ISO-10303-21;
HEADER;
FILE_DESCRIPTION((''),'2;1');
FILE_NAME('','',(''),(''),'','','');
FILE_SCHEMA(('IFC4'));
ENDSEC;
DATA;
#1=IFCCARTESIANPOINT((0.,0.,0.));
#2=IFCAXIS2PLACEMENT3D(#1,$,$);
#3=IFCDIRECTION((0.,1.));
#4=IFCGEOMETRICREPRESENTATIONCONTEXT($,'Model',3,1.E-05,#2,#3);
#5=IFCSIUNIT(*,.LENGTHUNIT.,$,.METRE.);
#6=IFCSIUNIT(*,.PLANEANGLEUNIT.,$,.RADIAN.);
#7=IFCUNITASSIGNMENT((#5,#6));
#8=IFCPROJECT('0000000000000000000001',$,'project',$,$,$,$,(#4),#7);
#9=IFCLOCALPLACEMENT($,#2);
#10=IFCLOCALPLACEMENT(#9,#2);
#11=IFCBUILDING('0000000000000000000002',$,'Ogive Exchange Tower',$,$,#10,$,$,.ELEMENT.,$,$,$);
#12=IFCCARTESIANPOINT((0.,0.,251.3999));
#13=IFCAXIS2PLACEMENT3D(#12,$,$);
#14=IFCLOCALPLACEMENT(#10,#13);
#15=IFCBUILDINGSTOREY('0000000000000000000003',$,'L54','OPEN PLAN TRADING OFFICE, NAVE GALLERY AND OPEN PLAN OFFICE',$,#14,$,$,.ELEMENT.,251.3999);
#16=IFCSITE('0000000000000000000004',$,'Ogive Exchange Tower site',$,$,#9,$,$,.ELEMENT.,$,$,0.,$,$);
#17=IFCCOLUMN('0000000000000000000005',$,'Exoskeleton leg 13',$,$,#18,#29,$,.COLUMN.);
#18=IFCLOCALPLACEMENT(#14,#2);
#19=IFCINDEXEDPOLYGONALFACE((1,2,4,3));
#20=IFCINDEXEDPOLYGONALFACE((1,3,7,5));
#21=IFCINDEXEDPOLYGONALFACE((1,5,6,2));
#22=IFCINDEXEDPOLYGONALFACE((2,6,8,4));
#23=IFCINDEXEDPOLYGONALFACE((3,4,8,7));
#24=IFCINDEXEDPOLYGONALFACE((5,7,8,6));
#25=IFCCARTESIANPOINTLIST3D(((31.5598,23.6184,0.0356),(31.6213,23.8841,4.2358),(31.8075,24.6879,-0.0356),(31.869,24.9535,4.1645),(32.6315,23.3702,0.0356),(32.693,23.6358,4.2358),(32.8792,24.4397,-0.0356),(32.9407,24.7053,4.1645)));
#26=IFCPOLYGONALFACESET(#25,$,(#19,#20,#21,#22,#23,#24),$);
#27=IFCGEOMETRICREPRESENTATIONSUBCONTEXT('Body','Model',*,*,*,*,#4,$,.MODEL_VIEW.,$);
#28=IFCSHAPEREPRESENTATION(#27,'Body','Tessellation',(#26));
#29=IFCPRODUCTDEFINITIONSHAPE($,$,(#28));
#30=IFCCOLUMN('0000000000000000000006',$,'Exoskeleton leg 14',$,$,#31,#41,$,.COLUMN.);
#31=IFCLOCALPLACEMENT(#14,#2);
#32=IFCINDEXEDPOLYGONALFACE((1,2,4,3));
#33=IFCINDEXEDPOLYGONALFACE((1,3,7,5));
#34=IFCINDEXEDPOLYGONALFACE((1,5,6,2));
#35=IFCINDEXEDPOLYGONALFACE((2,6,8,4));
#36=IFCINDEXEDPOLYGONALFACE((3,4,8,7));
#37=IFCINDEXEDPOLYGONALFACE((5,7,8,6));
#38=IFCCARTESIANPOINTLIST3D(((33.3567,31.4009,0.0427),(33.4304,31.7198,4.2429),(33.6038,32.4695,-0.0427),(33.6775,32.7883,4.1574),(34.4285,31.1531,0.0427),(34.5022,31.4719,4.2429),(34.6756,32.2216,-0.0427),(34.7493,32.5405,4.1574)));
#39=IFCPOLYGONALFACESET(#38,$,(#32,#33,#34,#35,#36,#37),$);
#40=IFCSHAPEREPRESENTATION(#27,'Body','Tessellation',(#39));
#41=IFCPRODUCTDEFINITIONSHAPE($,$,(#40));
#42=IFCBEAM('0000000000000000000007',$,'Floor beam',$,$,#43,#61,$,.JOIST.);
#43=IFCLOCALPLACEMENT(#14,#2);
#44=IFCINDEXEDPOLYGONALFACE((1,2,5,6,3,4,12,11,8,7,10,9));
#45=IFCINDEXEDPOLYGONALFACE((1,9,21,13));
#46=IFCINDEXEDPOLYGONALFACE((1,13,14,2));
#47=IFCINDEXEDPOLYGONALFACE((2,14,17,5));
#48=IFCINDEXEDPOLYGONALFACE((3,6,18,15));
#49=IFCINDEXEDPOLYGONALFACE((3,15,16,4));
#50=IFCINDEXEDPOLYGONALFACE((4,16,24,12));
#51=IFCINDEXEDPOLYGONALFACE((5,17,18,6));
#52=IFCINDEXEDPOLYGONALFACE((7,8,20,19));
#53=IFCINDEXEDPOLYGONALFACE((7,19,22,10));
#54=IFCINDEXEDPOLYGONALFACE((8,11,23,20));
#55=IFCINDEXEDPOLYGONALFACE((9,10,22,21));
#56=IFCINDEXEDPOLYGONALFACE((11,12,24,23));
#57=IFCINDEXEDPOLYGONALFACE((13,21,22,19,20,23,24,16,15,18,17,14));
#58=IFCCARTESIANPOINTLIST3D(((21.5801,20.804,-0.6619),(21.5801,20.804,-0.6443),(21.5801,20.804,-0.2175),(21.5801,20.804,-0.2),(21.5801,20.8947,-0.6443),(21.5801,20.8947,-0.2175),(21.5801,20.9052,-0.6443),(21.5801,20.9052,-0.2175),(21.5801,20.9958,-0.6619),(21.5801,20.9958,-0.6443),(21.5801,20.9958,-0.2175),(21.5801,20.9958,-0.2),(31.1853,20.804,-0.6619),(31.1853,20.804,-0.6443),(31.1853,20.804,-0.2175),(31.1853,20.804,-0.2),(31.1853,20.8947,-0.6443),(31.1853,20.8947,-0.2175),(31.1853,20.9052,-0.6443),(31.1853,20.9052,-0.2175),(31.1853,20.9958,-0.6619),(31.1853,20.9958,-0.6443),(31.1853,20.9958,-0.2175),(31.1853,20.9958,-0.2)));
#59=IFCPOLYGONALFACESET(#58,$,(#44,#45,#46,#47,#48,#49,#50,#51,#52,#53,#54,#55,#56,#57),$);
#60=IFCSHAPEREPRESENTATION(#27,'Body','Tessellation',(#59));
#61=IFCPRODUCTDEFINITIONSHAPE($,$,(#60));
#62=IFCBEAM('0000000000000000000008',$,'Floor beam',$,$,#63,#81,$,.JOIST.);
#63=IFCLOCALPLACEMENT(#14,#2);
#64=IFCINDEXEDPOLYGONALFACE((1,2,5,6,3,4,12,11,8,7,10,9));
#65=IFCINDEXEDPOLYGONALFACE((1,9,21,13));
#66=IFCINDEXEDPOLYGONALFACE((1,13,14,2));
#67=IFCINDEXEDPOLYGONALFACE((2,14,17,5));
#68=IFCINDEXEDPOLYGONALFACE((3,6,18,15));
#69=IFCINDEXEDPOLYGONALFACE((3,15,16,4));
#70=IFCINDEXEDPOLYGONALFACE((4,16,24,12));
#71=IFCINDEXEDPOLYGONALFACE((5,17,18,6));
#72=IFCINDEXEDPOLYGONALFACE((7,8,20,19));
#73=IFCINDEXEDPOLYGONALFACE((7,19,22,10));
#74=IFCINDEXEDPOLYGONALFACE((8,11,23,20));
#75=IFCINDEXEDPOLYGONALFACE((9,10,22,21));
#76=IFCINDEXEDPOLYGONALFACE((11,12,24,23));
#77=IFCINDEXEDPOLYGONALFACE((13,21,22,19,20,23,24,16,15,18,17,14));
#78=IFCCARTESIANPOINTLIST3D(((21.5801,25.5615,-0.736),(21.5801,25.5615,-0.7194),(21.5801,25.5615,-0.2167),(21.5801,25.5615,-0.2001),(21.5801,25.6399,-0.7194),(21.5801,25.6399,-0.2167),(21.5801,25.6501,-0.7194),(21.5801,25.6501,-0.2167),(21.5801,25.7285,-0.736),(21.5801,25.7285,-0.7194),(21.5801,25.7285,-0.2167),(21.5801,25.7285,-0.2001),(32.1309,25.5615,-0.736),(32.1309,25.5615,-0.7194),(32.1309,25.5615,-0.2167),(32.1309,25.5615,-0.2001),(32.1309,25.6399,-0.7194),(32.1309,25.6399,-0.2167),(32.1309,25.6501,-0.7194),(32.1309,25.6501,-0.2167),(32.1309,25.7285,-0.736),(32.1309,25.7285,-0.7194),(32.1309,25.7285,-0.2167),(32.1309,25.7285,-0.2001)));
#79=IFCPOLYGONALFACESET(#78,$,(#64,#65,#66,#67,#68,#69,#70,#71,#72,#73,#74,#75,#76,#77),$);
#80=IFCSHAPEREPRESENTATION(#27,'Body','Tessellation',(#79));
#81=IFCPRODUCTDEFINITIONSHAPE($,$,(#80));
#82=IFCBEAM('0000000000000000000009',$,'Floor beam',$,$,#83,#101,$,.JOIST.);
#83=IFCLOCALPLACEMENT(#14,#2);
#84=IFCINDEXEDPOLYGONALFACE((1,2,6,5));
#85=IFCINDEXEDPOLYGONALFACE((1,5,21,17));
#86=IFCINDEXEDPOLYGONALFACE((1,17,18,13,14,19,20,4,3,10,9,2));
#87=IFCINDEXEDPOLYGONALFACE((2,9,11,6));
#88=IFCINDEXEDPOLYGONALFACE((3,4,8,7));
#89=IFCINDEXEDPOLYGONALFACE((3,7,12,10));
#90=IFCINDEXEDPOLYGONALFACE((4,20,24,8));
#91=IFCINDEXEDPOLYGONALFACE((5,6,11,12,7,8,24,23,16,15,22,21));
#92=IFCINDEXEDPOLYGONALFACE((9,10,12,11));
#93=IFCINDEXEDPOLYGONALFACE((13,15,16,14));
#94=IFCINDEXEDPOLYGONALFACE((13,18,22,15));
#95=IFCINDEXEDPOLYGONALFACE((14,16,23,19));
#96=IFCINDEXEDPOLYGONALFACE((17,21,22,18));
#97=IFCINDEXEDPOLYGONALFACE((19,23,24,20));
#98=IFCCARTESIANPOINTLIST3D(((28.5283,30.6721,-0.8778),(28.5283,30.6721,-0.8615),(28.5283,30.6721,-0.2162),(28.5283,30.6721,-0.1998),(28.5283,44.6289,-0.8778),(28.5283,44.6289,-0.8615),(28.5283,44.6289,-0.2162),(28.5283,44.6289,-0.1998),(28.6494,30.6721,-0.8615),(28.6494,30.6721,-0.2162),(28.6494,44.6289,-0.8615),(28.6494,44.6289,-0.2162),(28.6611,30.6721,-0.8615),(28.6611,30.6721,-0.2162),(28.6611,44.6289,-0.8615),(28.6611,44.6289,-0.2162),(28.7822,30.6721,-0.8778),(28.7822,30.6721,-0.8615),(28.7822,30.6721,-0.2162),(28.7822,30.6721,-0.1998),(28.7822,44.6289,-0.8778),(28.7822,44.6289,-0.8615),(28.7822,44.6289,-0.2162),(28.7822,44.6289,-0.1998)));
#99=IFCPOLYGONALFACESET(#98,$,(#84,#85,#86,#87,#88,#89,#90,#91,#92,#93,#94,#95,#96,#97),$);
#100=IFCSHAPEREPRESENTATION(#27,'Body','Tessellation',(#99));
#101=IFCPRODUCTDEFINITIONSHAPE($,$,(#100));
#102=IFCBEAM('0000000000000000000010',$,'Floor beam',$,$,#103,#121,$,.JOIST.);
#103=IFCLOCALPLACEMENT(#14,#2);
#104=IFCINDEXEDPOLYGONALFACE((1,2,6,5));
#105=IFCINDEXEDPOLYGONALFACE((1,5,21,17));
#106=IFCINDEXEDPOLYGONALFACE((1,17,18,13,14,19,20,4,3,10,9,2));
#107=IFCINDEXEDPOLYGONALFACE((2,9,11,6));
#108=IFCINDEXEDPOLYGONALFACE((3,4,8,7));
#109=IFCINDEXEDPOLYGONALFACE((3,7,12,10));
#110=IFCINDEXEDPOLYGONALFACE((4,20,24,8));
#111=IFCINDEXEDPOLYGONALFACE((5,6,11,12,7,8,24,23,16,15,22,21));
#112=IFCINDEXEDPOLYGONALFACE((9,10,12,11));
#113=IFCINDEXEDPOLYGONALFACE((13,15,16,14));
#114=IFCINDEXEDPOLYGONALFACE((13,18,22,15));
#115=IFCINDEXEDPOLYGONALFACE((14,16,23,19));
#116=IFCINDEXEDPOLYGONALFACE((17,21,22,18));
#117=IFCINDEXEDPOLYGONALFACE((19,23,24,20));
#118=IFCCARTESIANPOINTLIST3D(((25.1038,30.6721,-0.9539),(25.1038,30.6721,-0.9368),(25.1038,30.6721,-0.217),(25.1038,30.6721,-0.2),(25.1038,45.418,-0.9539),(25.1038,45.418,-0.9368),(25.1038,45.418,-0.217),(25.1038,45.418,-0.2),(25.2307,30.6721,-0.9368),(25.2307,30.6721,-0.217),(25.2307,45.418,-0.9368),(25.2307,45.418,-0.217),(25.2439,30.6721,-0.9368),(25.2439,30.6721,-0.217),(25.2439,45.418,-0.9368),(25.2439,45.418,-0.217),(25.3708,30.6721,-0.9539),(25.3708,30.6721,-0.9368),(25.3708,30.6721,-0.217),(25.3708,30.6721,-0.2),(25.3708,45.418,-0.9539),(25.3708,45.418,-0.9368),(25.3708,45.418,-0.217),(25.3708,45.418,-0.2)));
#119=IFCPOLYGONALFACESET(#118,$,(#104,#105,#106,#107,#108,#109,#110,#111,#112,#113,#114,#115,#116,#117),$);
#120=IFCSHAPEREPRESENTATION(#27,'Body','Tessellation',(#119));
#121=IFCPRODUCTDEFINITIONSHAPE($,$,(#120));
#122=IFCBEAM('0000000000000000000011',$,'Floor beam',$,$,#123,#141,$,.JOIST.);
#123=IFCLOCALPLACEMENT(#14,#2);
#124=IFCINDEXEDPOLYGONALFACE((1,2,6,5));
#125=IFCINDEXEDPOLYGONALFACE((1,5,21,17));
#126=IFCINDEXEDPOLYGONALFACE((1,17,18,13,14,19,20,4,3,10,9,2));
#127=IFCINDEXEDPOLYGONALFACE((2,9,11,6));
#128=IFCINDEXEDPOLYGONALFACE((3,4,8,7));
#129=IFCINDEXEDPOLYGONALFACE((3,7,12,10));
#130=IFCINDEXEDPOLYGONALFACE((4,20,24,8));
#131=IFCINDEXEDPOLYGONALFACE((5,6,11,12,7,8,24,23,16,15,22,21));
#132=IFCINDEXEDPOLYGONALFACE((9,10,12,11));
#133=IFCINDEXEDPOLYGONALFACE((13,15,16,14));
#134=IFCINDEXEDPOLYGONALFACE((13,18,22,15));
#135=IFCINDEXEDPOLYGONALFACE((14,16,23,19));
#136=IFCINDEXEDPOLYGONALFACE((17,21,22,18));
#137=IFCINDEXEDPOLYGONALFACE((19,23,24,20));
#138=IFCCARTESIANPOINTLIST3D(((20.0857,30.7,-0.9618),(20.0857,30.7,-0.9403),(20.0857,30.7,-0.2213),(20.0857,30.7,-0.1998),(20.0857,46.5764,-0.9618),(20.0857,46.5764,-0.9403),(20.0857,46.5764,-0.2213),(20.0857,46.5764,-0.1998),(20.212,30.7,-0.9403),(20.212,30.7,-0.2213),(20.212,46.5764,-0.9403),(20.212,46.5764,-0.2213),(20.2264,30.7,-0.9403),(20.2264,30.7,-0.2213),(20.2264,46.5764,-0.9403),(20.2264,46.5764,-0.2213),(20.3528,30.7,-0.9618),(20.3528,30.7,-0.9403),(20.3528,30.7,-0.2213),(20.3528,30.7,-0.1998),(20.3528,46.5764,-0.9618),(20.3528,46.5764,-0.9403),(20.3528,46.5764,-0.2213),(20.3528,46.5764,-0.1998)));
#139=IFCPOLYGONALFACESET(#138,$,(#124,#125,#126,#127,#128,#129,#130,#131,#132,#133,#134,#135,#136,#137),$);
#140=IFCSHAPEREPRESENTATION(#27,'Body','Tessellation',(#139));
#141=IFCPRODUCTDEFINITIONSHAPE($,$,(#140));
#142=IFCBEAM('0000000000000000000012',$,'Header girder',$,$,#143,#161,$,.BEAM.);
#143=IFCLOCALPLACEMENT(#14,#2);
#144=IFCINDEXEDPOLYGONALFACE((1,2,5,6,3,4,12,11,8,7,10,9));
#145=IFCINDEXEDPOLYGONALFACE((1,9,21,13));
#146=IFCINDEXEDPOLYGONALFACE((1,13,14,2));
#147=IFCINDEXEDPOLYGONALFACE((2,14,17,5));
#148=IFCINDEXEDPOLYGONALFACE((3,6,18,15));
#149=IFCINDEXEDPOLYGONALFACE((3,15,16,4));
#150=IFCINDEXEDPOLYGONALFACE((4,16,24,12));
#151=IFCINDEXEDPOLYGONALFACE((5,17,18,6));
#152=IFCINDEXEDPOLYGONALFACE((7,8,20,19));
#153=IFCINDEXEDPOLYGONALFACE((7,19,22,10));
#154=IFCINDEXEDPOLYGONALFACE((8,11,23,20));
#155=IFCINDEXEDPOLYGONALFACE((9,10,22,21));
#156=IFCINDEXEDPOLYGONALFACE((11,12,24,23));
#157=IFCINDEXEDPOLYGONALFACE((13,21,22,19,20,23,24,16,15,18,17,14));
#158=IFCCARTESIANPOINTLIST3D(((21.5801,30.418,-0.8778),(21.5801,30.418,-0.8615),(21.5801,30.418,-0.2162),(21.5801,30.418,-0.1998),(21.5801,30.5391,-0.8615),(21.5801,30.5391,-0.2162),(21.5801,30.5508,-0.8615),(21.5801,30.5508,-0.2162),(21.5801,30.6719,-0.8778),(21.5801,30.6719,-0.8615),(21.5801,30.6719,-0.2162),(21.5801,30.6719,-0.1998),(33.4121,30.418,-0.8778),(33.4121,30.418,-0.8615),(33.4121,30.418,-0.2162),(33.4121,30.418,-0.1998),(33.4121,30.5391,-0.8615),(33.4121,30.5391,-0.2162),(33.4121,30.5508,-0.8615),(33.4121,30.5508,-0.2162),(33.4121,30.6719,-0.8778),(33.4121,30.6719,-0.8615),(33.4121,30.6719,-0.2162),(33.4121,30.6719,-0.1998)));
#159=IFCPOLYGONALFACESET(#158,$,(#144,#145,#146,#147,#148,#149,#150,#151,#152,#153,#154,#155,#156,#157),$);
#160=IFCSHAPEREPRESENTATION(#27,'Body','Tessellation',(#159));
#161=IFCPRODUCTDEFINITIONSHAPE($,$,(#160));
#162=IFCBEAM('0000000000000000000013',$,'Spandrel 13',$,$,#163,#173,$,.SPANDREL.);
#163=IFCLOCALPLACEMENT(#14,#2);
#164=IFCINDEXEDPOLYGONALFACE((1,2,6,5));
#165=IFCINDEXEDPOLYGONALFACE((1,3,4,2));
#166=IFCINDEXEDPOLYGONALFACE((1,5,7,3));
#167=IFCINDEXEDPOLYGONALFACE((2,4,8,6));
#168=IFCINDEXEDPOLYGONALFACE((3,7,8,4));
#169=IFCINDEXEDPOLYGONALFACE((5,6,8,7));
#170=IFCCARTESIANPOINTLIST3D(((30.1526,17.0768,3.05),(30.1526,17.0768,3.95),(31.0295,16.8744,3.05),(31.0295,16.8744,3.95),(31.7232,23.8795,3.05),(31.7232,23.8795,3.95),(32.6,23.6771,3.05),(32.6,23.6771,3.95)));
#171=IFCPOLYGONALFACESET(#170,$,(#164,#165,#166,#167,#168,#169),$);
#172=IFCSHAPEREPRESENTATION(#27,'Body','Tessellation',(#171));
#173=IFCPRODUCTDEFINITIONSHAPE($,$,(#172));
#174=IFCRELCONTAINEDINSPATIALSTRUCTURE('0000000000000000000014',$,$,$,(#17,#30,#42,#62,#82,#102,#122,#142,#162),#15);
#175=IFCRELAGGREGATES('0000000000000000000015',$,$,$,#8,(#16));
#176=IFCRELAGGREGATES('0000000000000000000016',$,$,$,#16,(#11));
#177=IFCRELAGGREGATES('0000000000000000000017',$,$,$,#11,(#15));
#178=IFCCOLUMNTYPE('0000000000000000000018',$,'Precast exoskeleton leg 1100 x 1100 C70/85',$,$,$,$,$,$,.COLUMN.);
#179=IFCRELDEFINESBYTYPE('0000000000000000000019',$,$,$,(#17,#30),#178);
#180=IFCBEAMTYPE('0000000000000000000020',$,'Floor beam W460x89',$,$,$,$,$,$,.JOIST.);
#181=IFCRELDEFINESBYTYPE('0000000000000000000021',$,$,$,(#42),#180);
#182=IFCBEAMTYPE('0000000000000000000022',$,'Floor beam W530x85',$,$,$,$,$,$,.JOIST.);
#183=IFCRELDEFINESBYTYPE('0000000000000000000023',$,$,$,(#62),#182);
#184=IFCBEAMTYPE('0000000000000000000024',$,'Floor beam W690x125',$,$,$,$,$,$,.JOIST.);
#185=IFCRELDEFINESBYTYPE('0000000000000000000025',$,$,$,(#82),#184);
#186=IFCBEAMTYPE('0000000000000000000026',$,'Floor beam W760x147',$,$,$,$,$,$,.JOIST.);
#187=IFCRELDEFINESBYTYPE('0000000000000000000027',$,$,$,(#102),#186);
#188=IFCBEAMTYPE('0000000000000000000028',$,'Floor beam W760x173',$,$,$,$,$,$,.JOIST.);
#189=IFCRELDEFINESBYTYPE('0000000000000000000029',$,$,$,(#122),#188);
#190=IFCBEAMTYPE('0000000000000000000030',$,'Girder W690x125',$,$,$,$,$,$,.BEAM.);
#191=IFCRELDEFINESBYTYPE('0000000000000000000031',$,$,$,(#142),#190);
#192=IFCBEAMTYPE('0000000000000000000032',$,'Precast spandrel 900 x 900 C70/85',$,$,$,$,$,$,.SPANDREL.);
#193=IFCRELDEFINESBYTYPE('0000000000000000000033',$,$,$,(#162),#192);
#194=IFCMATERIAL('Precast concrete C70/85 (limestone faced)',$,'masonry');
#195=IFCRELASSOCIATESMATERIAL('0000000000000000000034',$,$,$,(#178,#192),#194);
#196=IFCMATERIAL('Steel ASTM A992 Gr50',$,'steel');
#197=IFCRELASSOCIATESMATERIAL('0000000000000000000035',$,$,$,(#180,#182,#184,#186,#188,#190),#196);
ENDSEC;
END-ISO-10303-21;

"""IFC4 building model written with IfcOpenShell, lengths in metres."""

from ifc_helpers import new_model, si_unit, direction, frame, origin, origin_2d, place, context, subcontext, project, spatial, rectangle, i_section, extrude, material, material_profile, profile_set, type_object, element, save


model = new_model("IFC4")

# Units and contexts
model_context = context("Model", 3, precision=1e-05, world=origin(), true_north=direction((0.0, 1.0)))
body_context = subcontext(model_context, "Body", "Model", "MODEL_VIEW")
ifc_project = project(units=[si_unit("LENGTHUNIT", "METRE"), si_unit("PLANEANGLEUNIT", "RADIAN")], contexts=[model_context])

# Site, building, storey
site_placement = place(None, origin())
site = spatial("IfcSite", under=ifc_project, at=site_placement, Name="Ogive Exchange Tower site", CompositionType="ELEMENT", RefElevation=0.0)
building_placement = place(site_placement, origin())
building = spatial("IfcBuilding", under=site, at=building_placement, Name="Ogive Exchange Tower", CompositionType="ELEMENT")
storey_placement = place(building_placement, frame((0.0, 0.0, 251.3999)))
storey = spatial("IfcBuildingStorey", under=building, at=storey_placement, Name="L54", Description="OPEN PLAN TRADING OFFICE, NAVE GALLERY AND OPEN PLAN OFFICE", CompositionType="ELEMENT", Elevation=251.3999)

# Columns
ifc_material_1 = material(Name="Precast concrete C70/85 (limestone faced)", Category="masonry")
ifc_material_profile_1 = material_profile(ifc_material_1, rectangle(XDim=1.1001, YDim=1.1001, at=origin_2d()), Name="1100 x 1100")
ifc_profile_set_1 = profile_set([ifc_material_profile_1], Name="Precast concrete C70/85 (limestone faced)")
column_type = type_object("IfcColumnType", Name="Precast exoskeleton leg 1100 x 1100 C70/85", PredefinedType="COLUMN", material=ifc_profile_set_1)
column_1_placement = place(storey_placement, frame((32.2195, 24.0291, 0.0), z_axis=(0.014617, 0.063108, 0.9979), x_axis=(-0.97421, 0.225644, 0.0)))
element("IfcColumn", 1, at=column_1_placement, inside=storey, type_object=column_type, Name="Exoskeleton leg 13", PredefinedType="COLUMN", context=body_context, shape_type="SweptSolid", body=[
    extrude(rectangle(XDim=1.1001, YDim=1.1001, at=origin_2d()), origin(), (0.0, 0.0, 1.0), 4.209),
])
column_2_placement = place(storey_placement, frame((34.0161, 31.8113, 0.0), z_axis=(0.017501, 0.075683, 0.996978), x_axis=(-0.974291, 0.225295, 0.0)))
element("IfcColumn", 2, at=column_2_placement, inside=storey, type_object=column_type, Name="Exoskeleton leg 14", PredefinedType="COLUMN", context=body_context, shape_type="SweptSolid", body=[
    extrude(rectangle(XDim=1.1001, YDim=1.1001, at=origin_2d()), origin(), (0.0, 0.0, 1.0), 4.2129),
])

# Beams
ifc_material_2 = material(Name="Steel ASTM A992 Gr50", Category="steel")
ifc_material_profile_2 = material_profile(ifc_material_2, i_section(OverallWidth=0.1919, OverallDepth=0.4619, WebThickness=0.0105, FlangeThickness=0.0176, at=origin_2d()), Name="W460x89")
ifc_profile_set_2 = profile_set([ifc_material_profile_2], Name="Steel ASTM A992 Gr50")
beam_type_1 = type_object("IfcBeamType", Name="Floor beam W460x89", PredefinedType="JOIST", material=ifc_profile_set_2)
beam_1_placement = place(storey_placement, frame((21.5801, 20.8999, -0.4309), z_axis=(1.0, 0.0, 0.0), x_axis=(0.0, 1.0, 0.0)))
element("IfcBeam", 3, at=beam_1_placement, inside=storey, type_object=beam_type_1, Name="Floor beam", PredefinedType="JOIST", context=body_context, shape_type="SweptSolid", body=[
    extrude(i_section(OverallWidth=0.1919, OverallDepth=0.4619, WebThickness=0.0105, FlangeThickness=0.0176, at=origin_2d()), origin(), (0.0, 0.0, 1.0), 9.6052),
])
ifc_material_profile_3 = material_profile(ifc_material_2, i_section(OverallWidth=0.167, OverallDepth=0.5359, WebThickness=0.0103, FlangeThickness=0.0166, at=origin_2d()), Name="W530x85")
ifc_profile_set_3 = profile_set([ifc_material_profile_3], Name="Steel ASTM A992 Gr50")
beam_type_2 = type_object("IfcBeamType", Name="Floor beam W530x85", PredefinedType="JOIST", material=ifc_profile_set_3)
beam_2_placement = place(storey_placement, frame((21.5801, 25.645, -0.468), z_axis=(1.0, 0.0, 0.0), x_axis=(0.0, 1.0, 0.0)))
element("IfcBeam", 4, at=beam_2_placement, inside=storey, type_object=beam_type_2, Name="Floor beam", PredefinedType="JOIST", context=body_context, shape_type="SweptSolid", body=[
    extrude(i_section(OverallWidth=0.167, OverallDepth=0.5359, WebThickness=0.0103, FlangeThickness=0.0166, at=origin_2d()), origin(), (0.0, 0.0, 1.0), 10.5508),
])
ifc_material_profile_4 = material_profile(ifc_material_2, i_section(OverallWidth=0.2539, OverallDepth=0.678, WebThickness=0.0117, FlangeThickness=0.0164, at=origin_2d()), Name="W690x125")
ifc_profile_set_4 = profile_set([ifc_material_profile_4], Name="Steel ASTM A992 Gr50")
beam_type_3 = type_object("IfcBeamType", Name="Floor beam W690x125", PredefinedType="JOIST", material=ifc_profile_set_4)
beam_3_placement = place(storey_placement, frame((28.6553, 30.6721, -0.5388), z_axis=(0.0, 1.0, 0.0), x_axis=(-1.0, 0.0, 0.0)))
element("IfcBeam", 5, at=beam_3_placement, inside=storey, type_object=beam_type_3, Name="Floor beam", PredefinedType="JOIST", context=body_context, shape_type="SweptSolid", body=[
    extrude(i_section(OverallWidth=0.2539, OverallDepth=0.678, WebThickness=0.0117, FlangeThickness=0.0164, at=origin_2d()), origin(), (0.0, 0.0, 1.0), 13.9568),
])
ifc_material_profile_5 = material_profile(ifc_material_2, i_section(OverallWidth=0.2671, OverallDepth=0.7539, WebThickness=0.0132, FlangeThickness=0.0171, at=origin_2d()), Name="W760x147")
ifc_profile_set_5 = profile_set([ifc_material_profile_5], Name="Steel ASTM A992 Gr50")
beam_type_4 = type_object("IfcBeamType", Name="Floor beam W760x147", PredefinedType="JOIST", material=ifc_profile_set_5)
beam_4_placement = place(storey_placement, frame((25.2373, 30.6721, -0.5769), z_axis=(0.0, 1.0, 0.0), x_axis=(-1.0, 0.0, 0.0)))
element("IfcBeam", 6, at=beam_4_placement, inside=storey, type_object=beam_type_4, Name="Floor beam", PredefinedType="JOIST", context=body_context, shape_type="SweptSolid", body=[
    extrude(i_section(OverallWidth=0.2671, OverallDepth=0.7539, WebThickness=0.0132, FlangeThickness=0.0171, at=origin_2d()), origin(), (0.0, 0.0, 1.0), 14.7458),
])
ifc_material_profile_6 = material_profile(ifc_material_2, i_section(OverallWidth=0.2671, OverallDepth=0.762, WebThickness=0.0144, FlangeThickness=0.0215, at=origin_2d()), Name="W760x173")
ifc_profile_set_6 = profile_set([ifc_material_profile_6], Name="Steel ASTM A992 Gr50")
beam_type_5 = type_object("IfcBeamType", Name="Floor beam W760x173", PredefinedType="JOIST", material=ifc_profile_set_6)
beam_5_placement = place(storey_placement, frame((20.2192, 30.7, -0.5808), z_axis=(0.0, 1.0, 0.0), x_axis=(-1.0, 0.0, 0.0)))
element("IfcBeam", 7, at=beam_5_placement, inside=storey, type_object=beam_type_5, Name="Floor beam", PredefinedType="JOIST", context=body_context, shape_type="SweptSolid", body=[
    extrude(i_section(OverallWidth=0.2671, OverallDepth=0.762, WebThickness=0.0144, FlangeThickness=0.0215, at=origin_2d()), origin(), (0.0, 0.0, 1.0), 15.8765),
])
ifc_material_profile_7 = material_profile(ifc_material_2, i_section(OverallWidth=0.2539, OverallDepth=0.678, WebThickness=0.0117, FlangeThickness=0.0164, at=origin_2d()), Name="W690x125")
ifc_profile_set_7 = profile_set([ifc_material_profile_7], Name="Steel ASTM A992 Gr50")
beam_type_6 = type_object("IfcBeamType", Name="Girder W690x125", PredefinedType="BEAM", material=ifc_profile_set_7)
beam_6_placement = place(storey_placement, frame((21.5801, 30.5449, -0.5388), z_axis=(1.0, 0.0, 0.0), x_axis=(0.0, 1.0, 0.0)))
element("IfcBeam", 8, at=beam_6_placement, inside=storey, type_object=beam_type_6, Name="Header girder", PredefinedType="BEAM", context=body_context, shape_type="SweptSolid", body=[
    extrude(i_section(OverallWidth=0.2539, OverallDepth=0.678, WebThickness=0.0117, FlangeThickness=0.0164, at=origin_2d()), origin(), (0.0, 0.0, 1.0), 11.832),
])
ifc_material_profile_8 = material_profile(ifc_material_1, rectangle(XDim=0.8999, YDim=0.8999, at=origin_2d()), Name="900 x 900")
ifc_profile_set_8 = profile_set([ifc_material_profile_8], Name="Precast concrete C70/85 (limestone faced)")
beam_type_7 = type_object("IfcBeamType", Name="Precast spandrel 900 x 900 C70/85", PredefinedType="SPANDREL", material=ifc_profile_set_8)
for number, where, z_axis, x_axis, name in (
    (9, (30.5911, 16.9756, 3.5), (0.224954, 0.974369, 0.0), (-0.974369, 0.224954, 0.0), "Spandrel 13"),
):
    element("IfcBeam", number, at=place(storey_placement, frame(where, z_axis=z_axis, x_axis=x_axis)), inside=storey, type_object=beam_type_7, Name=name, PredefinedType="SPANDREL", context=body_context, shape_type="SweptSolid", body=[
        extrude(rectangle(XDim=0.8999, YDim=0.8999, at=origin_2d()), origin(), (0.0, 0.0, 1.0), 6.9817),
    ])

save(model, "model.ifc")
